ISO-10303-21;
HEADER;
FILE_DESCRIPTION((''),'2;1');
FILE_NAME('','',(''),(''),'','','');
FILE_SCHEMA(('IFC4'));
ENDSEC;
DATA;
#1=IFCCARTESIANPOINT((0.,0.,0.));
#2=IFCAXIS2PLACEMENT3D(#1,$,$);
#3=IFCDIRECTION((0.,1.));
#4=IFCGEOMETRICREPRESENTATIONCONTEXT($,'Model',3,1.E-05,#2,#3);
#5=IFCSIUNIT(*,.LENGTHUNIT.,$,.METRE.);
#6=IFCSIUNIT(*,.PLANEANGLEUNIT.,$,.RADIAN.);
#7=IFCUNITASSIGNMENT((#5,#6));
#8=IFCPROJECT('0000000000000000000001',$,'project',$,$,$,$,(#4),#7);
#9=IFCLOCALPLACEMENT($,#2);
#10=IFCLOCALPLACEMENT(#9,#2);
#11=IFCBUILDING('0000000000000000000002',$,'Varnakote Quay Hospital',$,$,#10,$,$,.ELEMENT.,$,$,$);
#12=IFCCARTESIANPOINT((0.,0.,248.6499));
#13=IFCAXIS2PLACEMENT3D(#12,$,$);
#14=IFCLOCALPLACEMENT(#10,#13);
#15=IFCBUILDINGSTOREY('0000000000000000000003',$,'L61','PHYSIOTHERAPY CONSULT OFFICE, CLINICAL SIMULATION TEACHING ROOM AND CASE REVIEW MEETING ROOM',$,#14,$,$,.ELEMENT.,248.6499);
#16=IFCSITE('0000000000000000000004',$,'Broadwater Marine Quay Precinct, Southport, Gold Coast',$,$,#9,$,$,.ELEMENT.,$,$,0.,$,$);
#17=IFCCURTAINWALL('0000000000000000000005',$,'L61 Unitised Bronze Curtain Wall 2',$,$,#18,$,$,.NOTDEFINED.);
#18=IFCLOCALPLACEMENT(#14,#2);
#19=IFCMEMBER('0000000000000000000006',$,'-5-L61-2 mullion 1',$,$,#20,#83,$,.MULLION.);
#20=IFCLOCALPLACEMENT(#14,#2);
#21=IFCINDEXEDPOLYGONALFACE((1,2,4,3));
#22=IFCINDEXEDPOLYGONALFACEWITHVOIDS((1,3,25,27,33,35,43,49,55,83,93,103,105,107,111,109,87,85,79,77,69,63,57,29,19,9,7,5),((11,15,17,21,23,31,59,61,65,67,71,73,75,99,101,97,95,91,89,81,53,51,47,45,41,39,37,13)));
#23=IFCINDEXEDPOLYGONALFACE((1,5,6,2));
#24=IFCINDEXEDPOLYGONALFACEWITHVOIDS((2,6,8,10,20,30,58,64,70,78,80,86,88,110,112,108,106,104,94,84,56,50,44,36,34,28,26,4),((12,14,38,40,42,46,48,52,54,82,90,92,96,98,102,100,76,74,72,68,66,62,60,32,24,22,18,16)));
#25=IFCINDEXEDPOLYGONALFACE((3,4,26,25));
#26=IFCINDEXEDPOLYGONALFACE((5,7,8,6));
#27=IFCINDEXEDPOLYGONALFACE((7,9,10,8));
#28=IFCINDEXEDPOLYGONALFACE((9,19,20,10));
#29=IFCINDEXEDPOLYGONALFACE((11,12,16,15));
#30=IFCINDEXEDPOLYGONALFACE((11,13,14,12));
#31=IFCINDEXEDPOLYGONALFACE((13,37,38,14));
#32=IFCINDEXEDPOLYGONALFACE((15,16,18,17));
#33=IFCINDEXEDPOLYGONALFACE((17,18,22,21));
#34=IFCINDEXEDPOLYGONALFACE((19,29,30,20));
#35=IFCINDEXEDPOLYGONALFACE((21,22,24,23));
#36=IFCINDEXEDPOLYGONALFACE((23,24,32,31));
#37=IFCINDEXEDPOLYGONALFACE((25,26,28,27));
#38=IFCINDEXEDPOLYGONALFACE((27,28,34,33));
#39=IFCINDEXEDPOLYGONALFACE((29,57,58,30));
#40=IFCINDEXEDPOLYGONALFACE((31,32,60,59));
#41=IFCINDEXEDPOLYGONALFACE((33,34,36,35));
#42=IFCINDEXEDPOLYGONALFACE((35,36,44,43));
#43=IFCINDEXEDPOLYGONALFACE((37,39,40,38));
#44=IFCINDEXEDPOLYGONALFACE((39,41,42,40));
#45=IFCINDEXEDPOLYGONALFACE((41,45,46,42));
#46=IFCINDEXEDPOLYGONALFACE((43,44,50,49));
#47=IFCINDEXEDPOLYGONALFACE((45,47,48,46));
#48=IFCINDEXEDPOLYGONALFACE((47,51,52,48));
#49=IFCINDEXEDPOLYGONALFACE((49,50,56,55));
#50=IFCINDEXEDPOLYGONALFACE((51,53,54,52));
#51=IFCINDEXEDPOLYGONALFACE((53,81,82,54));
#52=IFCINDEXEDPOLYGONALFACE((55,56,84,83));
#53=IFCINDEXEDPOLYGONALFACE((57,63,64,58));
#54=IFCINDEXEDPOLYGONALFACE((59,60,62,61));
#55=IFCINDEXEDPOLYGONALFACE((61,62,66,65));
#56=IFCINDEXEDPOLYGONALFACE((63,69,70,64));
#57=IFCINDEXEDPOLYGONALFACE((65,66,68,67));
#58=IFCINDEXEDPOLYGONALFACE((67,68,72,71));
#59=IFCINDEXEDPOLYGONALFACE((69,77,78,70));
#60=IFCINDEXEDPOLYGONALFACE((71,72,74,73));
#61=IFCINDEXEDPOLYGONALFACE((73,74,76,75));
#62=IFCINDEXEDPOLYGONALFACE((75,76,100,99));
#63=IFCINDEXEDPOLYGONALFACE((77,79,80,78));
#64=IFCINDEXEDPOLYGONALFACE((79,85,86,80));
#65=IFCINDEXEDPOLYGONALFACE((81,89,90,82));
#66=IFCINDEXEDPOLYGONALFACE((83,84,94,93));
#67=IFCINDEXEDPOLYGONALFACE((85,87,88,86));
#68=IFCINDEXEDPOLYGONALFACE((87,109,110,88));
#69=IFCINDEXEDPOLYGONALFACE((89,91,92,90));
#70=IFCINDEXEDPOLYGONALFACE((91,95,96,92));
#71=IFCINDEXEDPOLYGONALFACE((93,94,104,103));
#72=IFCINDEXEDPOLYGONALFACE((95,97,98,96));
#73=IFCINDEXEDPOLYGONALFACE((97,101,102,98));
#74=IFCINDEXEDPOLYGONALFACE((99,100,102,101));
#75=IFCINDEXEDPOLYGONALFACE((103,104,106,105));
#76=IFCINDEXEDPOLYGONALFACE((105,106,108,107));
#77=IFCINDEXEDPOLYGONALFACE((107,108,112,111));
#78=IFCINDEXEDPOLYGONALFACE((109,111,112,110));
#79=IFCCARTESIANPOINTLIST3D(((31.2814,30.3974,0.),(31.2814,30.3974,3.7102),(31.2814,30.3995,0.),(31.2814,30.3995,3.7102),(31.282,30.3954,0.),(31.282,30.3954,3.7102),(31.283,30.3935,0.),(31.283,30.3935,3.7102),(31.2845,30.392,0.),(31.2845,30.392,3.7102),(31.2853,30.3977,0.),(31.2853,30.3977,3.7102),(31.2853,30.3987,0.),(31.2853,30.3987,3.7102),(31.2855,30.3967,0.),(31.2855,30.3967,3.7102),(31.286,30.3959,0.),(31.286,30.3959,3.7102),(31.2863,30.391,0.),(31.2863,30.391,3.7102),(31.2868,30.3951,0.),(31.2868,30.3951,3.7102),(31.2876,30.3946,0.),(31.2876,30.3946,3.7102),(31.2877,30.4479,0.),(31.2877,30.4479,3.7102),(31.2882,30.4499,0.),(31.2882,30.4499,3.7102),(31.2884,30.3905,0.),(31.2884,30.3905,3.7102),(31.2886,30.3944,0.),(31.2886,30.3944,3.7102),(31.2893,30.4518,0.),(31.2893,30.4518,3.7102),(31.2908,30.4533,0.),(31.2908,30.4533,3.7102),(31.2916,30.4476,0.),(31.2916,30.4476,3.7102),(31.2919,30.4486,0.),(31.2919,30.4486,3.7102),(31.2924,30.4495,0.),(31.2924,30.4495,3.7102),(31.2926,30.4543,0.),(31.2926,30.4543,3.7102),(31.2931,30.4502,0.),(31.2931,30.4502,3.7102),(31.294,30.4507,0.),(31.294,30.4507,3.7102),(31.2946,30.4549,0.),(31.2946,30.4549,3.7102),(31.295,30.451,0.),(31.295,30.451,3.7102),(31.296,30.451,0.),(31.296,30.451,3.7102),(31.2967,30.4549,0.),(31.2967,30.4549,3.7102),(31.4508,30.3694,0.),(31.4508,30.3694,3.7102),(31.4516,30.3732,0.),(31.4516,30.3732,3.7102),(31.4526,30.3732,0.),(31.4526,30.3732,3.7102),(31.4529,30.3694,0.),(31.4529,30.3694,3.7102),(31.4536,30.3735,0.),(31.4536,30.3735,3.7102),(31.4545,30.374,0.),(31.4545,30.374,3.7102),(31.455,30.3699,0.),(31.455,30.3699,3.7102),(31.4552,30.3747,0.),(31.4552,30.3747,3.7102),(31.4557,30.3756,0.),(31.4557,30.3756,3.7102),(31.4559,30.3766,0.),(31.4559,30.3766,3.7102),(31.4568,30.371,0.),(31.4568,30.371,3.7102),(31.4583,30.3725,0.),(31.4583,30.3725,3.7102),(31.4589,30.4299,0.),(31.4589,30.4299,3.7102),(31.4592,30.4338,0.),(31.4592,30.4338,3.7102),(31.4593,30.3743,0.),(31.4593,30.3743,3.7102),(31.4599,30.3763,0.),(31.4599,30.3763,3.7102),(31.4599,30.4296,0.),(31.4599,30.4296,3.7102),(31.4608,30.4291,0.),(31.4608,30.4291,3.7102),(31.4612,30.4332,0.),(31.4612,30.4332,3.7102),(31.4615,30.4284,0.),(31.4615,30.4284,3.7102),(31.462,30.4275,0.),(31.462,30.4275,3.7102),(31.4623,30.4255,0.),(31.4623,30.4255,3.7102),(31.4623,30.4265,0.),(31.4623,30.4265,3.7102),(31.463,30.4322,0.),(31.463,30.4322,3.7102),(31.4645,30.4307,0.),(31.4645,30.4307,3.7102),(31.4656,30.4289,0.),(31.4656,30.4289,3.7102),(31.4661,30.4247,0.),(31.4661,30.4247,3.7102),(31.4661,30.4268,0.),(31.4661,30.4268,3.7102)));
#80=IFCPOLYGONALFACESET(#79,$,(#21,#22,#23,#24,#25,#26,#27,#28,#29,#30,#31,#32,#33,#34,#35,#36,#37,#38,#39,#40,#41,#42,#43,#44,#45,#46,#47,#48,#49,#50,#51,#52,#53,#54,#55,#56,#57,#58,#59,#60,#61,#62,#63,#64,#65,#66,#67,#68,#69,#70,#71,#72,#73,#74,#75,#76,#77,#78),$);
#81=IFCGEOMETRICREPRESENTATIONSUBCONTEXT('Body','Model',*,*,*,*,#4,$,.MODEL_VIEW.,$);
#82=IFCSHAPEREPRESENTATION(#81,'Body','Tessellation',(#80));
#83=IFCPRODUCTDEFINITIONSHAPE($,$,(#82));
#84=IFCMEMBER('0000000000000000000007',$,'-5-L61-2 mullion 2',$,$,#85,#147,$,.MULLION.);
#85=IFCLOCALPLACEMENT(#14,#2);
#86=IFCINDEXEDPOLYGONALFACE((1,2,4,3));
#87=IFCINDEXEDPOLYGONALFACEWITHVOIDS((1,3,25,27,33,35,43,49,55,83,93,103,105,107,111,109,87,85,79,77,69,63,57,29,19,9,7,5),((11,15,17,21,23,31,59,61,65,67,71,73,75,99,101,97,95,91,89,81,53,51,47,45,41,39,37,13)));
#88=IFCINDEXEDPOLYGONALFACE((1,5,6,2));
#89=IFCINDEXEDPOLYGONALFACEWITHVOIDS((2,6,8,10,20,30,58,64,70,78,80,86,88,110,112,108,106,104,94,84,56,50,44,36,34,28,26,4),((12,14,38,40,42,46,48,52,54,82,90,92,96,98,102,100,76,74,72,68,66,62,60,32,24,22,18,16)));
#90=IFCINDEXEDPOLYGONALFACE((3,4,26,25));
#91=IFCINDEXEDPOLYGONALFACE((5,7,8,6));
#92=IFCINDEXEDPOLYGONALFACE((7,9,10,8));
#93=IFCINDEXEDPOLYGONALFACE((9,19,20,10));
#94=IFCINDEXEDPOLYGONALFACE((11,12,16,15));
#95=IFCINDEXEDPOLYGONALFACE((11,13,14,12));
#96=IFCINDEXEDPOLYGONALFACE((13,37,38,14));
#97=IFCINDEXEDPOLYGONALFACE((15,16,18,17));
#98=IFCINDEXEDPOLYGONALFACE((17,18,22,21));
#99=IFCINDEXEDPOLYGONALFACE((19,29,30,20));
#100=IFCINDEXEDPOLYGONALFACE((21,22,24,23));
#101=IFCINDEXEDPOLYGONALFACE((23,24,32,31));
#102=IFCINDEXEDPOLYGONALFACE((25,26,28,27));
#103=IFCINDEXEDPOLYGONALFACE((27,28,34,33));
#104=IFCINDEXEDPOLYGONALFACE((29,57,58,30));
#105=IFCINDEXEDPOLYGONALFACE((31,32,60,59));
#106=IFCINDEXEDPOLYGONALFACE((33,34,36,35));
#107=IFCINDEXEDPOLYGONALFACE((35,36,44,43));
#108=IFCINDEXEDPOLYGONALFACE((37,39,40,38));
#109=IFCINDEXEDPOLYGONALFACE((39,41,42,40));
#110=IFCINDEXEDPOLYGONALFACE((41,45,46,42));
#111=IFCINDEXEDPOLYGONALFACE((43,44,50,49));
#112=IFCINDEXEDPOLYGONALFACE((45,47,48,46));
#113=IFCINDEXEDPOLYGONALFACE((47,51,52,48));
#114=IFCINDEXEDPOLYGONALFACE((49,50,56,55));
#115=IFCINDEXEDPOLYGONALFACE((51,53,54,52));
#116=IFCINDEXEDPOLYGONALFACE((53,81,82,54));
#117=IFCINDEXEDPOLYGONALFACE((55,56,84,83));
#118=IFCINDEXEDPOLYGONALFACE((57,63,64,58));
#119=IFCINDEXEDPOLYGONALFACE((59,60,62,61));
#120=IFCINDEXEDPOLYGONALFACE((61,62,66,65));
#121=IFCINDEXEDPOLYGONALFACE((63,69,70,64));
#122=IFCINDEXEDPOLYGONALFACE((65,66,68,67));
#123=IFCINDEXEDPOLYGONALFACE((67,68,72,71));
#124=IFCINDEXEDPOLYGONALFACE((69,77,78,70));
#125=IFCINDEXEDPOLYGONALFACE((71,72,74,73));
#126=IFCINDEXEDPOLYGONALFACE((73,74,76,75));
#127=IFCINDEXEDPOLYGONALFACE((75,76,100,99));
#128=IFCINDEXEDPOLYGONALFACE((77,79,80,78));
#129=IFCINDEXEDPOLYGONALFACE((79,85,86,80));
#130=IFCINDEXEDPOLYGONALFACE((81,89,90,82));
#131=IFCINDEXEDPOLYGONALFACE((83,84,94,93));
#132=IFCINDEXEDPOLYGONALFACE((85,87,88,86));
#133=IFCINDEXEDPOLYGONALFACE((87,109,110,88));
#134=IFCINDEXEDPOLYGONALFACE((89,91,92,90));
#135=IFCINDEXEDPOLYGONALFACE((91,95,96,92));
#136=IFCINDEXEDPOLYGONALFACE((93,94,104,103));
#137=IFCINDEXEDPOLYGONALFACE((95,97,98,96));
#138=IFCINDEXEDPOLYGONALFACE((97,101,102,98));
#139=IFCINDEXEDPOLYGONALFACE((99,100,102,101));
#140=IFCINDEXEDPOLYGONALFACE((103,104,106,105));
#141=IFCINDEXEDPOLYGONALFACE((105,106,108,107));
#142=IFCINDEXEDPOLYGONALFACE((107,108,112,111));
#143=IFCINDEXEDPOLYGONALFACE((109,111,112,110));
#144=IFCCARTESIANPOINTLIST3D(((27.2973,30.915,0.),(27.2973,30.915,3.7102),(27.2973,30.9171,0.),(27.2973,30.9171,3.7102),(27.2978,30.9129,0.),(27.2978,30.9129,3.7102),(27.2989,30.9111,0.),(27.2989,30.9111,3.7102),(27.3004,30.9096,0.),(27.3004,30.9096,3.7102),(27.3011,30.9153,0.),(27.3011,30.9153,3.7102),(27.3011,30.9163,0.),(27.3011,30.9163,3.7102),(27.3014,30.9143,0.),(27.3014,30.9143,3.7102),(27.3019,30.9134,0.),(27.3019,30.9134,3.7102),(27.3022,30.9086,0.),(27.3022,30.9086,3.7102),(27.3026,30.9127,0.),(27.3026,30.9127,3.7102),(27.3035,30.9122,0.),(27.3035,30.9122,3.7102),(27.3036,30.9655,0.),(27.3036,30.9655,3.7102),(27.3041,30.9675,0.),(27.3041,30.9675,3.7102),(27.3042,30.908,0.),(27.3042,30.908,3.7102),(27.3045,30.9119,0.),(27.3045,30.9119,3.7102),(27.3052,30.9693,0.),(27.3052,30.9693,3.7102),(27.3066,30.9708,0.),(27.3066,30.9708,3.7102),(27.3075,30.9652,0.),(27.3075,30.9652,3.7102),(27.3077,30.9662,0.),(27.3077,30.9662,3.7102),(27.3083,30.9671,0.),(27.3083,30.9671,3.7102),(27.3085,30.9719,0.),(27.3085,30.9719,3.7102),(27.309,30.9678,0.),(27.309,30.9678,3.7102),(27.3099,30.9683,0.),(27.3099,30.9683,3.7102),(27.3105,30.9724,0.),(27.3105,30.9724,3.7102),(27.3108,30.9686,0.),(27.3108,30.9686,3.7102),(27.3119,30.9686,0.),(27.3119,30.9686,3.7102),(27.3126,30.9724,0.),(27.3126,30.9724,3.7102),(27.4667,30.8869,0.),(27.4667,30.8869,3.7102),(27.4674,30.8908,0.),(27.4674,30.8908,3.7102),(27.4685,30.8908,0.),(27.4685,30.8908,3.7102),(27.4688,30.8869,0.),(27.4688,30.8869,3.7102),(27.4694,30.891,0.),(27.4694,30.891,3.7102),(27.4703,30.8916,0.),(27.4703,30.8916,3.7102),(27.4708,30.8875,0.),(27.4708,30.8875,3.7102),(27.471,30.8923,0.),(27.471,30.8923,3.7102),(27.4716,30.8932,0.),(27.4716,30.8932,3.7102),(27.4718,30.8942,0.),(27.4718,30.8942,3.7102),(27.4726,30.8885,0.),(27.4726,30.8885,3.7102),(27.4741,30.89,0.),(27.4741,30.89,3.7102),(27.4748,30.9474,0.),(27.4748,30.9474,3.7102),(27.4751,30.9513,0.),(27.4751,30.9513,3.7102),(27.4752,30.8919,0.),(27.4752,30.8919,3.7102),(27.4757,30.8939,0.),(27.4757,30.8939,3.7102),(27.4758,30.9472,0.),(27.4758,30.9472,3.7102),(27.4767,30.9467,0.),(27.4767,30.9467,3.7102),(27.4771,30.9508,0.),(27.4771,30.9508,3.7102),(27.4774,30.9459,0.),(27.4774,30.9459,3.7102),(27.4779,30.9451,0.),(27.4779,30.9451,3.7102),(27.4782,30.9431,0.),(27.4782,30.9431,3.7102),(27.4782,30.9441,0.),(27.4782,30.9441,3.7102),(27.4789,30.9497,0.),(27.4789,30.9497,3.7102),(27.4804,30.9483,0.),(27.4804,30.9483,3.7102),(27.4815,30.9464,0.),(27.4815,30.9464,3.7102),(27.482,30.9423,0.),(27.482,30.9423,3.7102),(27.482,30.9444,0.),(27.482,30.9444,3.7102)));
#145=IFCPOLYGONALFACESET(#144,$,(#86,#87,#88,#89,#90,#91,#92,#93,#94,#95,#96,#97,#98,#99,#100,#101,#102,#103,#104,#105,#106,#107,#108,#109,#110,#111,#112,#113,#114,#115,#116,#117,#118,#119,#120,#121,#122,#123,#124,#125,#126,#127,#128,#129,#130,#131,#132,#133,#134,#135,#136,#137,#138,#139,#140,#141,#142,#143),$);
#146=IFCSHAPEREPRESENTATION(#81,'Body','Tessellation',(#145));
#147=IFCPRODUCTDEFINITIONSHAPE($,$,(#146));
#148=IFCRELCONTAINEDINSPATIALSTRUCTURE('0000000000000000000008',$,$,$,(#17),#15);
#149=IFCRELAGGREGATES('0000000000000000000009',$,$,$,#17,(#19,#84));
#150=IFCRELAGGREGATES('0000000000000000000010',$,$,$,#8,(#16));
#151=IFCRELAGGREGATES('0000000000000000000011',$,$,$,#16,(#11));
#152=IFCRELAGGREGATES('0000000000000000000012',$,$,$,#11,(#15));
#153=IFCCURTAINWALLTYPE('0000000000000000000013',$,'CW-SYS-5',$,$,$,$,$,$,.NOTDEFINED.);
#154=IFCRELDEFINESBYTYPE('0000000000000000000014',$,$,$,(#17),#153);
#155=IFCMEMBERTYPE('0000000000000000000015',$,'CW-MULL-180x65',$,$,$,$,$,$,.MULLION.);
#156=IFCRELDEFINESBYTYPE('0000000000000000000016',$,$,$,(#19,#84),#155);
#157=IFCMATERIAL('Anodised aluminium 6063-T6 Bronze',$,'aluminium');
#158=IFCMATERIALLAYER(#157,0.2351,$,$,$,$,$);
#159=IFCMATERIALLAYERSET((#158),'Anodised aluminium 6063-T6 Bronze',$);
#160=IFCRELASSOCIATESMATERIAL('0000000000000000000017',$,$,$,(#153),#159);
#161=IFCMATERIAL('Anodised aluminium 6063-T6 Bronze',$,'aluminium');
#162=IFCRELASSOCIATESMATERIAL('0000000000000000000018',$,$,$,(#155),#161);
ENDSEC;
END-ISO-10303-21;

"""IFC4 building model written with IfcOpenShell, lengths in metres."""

from ifc_helpers import new_model, si_unit, direction, frame, origin, origin_2d, place, context, subcontext, project, spatial, hollow_rectangle, extrude, material, layer, layer_set, material_profile, profile_set, type_object, element, aggregate, save


model = new_model("IFC4")

# Units and contexts
model_context = context("Model", 3, precision=1e-05, world=origin(), true_north=direction((0.0, 1.0)))
body_context = subcontext(model_context, "Body", "Model", "MODEL_VIEW")
ifc_project = project(units=[si_unit("LENGTHUNIT", "METRE"), si_unit("PLANEANGLEUNIT", "RADIAN")], contexts=[model_context])

# Site, building, storey
site_placement = place(None, origin())
site = spatial("IfcSite", under=ifc_project, at=site_placement, Name="Broadwater Marine Quay Precinct, Southport, Gold Coast", CompositionType="ELEMENT", RefElevation=0.0)
building_placement = place(site_placement, origin())
building = spatial("IfcBuilding", under=site, at=building_placement, Name="Varnakote Quay Hospital", CompositionType="ELEMENT")
storey_placement = place(building_placement, frame((0.0, 0.0, 248.6499)))
storey = spatial("IfcBuildingStorey", under=building, at=storey_placement, Name="L61", Description="PHYSIOTHERAPY CONSULT OFFICE, CLINICAL SIMULATION TEACHING ROOM AND CASE REVIEW MEETING ROOM", CompositionType="ELEMENT", Elevation=248.6499)

# Shared definitions
ifc_material_1 = material(Name="Anodised aluminium 6063-T6 Bronze", Category="aluminium")
ifc_layer_1 = layer(ifc_material_1, 0.2351)
ifc_layer_set_1 = layer_set([ifc_layer_1], Name="Anodised aluminium 6063-T6 Bronze")
curtain_wall_type = type_object("IfcCurtainWallType", Name="CW-SYS-5", PredefinedType="NOTDEFINED", material=ifc_layer_set_1)
ifc_material_2 = material(Name="Anodised aluminium 6063-T6 Bronze", Category="aluminium")
ifc_material_profile_1 = material_profile(ifc_material_2, hollow_rectangle(XDim=0.0649, YDim=0.1799, WallThickness=0.0039, InnerFilletRadius=0.0039, OuterFilletRadius=0.0081, at=origin_2d()), Name="CW-MULL-180x65")
ifc_profile_set_1 = profile_set([ifc_material_profile_1], Name="Anodised aluminium 6063-T6 Bronze")
member_type_1 = type_object("IfcMemberType", Name="CW-MULL-180x65", PredefinedType="MULLION", material=ifc_profile_set_1)

# Curtain wall, members
curtain_wall_1_placement = place(storey_placement, origin())
curtain_wall_1 = element("IfcCurtainWall", 1, at=curtain_wall_1_placement, inside=storey, type_object=curtain_wall_type, Name="L61 Unitised Bronze Curtain Wall 2", PredefinedType="NOTDEFINED")
member_1_placement = place(storey_placement, frame((31.3738, 30.4121, 0.0), z_axis=(0.0, 0.0, 1.0), x_axis=(-0.128787, -0.991672, 0.0)))
member_1 = element("IfcMember", 2, at=member_1_placement, type_object=member_type_1, Name="-5-L61-2 mullion 1", PredefinedType="MULLION", context=body_context, shape_type="SweptSolid", body=[
    extrude(hollow_rectangle(XDim=0.0649, YDim=0.1799, WallThickness=0.0039, InnerFilletRadius=0.0039, OuterFilletRadius=0.0081, at=origin_2d()), origin(), (0.0, 0.0, 1.0), 3.7102),
])
member_2_placement = place(storey_placement, frame((27.3896, 30.9297, 0.0), z_axis=(0.0, 0.0, 1.0), x_axis=(-0.128787, -0.991672, 0.0)))
member_2 = element("IfcMember", 3, at=member_2_placement, type_object=member_type_1, Name="-5-L61-2 mullion 2", PredefinedType="MULLION", context=body_context, shape_type="SweptSolid", body=[
    extrude(hollow_rectangle(XDim=0.0649, YDim=0.1799, WallThickness=0.0039, InnerFilletRadius=0.0039, OuterFilletRadius=0.0081, at=origin_2d()), origin(), (0.0, 0.0, 1.0), 3.7102),
])

aggregate(curtain_wall_1, [member_1, member_2])

save(model, "model.ifc")
